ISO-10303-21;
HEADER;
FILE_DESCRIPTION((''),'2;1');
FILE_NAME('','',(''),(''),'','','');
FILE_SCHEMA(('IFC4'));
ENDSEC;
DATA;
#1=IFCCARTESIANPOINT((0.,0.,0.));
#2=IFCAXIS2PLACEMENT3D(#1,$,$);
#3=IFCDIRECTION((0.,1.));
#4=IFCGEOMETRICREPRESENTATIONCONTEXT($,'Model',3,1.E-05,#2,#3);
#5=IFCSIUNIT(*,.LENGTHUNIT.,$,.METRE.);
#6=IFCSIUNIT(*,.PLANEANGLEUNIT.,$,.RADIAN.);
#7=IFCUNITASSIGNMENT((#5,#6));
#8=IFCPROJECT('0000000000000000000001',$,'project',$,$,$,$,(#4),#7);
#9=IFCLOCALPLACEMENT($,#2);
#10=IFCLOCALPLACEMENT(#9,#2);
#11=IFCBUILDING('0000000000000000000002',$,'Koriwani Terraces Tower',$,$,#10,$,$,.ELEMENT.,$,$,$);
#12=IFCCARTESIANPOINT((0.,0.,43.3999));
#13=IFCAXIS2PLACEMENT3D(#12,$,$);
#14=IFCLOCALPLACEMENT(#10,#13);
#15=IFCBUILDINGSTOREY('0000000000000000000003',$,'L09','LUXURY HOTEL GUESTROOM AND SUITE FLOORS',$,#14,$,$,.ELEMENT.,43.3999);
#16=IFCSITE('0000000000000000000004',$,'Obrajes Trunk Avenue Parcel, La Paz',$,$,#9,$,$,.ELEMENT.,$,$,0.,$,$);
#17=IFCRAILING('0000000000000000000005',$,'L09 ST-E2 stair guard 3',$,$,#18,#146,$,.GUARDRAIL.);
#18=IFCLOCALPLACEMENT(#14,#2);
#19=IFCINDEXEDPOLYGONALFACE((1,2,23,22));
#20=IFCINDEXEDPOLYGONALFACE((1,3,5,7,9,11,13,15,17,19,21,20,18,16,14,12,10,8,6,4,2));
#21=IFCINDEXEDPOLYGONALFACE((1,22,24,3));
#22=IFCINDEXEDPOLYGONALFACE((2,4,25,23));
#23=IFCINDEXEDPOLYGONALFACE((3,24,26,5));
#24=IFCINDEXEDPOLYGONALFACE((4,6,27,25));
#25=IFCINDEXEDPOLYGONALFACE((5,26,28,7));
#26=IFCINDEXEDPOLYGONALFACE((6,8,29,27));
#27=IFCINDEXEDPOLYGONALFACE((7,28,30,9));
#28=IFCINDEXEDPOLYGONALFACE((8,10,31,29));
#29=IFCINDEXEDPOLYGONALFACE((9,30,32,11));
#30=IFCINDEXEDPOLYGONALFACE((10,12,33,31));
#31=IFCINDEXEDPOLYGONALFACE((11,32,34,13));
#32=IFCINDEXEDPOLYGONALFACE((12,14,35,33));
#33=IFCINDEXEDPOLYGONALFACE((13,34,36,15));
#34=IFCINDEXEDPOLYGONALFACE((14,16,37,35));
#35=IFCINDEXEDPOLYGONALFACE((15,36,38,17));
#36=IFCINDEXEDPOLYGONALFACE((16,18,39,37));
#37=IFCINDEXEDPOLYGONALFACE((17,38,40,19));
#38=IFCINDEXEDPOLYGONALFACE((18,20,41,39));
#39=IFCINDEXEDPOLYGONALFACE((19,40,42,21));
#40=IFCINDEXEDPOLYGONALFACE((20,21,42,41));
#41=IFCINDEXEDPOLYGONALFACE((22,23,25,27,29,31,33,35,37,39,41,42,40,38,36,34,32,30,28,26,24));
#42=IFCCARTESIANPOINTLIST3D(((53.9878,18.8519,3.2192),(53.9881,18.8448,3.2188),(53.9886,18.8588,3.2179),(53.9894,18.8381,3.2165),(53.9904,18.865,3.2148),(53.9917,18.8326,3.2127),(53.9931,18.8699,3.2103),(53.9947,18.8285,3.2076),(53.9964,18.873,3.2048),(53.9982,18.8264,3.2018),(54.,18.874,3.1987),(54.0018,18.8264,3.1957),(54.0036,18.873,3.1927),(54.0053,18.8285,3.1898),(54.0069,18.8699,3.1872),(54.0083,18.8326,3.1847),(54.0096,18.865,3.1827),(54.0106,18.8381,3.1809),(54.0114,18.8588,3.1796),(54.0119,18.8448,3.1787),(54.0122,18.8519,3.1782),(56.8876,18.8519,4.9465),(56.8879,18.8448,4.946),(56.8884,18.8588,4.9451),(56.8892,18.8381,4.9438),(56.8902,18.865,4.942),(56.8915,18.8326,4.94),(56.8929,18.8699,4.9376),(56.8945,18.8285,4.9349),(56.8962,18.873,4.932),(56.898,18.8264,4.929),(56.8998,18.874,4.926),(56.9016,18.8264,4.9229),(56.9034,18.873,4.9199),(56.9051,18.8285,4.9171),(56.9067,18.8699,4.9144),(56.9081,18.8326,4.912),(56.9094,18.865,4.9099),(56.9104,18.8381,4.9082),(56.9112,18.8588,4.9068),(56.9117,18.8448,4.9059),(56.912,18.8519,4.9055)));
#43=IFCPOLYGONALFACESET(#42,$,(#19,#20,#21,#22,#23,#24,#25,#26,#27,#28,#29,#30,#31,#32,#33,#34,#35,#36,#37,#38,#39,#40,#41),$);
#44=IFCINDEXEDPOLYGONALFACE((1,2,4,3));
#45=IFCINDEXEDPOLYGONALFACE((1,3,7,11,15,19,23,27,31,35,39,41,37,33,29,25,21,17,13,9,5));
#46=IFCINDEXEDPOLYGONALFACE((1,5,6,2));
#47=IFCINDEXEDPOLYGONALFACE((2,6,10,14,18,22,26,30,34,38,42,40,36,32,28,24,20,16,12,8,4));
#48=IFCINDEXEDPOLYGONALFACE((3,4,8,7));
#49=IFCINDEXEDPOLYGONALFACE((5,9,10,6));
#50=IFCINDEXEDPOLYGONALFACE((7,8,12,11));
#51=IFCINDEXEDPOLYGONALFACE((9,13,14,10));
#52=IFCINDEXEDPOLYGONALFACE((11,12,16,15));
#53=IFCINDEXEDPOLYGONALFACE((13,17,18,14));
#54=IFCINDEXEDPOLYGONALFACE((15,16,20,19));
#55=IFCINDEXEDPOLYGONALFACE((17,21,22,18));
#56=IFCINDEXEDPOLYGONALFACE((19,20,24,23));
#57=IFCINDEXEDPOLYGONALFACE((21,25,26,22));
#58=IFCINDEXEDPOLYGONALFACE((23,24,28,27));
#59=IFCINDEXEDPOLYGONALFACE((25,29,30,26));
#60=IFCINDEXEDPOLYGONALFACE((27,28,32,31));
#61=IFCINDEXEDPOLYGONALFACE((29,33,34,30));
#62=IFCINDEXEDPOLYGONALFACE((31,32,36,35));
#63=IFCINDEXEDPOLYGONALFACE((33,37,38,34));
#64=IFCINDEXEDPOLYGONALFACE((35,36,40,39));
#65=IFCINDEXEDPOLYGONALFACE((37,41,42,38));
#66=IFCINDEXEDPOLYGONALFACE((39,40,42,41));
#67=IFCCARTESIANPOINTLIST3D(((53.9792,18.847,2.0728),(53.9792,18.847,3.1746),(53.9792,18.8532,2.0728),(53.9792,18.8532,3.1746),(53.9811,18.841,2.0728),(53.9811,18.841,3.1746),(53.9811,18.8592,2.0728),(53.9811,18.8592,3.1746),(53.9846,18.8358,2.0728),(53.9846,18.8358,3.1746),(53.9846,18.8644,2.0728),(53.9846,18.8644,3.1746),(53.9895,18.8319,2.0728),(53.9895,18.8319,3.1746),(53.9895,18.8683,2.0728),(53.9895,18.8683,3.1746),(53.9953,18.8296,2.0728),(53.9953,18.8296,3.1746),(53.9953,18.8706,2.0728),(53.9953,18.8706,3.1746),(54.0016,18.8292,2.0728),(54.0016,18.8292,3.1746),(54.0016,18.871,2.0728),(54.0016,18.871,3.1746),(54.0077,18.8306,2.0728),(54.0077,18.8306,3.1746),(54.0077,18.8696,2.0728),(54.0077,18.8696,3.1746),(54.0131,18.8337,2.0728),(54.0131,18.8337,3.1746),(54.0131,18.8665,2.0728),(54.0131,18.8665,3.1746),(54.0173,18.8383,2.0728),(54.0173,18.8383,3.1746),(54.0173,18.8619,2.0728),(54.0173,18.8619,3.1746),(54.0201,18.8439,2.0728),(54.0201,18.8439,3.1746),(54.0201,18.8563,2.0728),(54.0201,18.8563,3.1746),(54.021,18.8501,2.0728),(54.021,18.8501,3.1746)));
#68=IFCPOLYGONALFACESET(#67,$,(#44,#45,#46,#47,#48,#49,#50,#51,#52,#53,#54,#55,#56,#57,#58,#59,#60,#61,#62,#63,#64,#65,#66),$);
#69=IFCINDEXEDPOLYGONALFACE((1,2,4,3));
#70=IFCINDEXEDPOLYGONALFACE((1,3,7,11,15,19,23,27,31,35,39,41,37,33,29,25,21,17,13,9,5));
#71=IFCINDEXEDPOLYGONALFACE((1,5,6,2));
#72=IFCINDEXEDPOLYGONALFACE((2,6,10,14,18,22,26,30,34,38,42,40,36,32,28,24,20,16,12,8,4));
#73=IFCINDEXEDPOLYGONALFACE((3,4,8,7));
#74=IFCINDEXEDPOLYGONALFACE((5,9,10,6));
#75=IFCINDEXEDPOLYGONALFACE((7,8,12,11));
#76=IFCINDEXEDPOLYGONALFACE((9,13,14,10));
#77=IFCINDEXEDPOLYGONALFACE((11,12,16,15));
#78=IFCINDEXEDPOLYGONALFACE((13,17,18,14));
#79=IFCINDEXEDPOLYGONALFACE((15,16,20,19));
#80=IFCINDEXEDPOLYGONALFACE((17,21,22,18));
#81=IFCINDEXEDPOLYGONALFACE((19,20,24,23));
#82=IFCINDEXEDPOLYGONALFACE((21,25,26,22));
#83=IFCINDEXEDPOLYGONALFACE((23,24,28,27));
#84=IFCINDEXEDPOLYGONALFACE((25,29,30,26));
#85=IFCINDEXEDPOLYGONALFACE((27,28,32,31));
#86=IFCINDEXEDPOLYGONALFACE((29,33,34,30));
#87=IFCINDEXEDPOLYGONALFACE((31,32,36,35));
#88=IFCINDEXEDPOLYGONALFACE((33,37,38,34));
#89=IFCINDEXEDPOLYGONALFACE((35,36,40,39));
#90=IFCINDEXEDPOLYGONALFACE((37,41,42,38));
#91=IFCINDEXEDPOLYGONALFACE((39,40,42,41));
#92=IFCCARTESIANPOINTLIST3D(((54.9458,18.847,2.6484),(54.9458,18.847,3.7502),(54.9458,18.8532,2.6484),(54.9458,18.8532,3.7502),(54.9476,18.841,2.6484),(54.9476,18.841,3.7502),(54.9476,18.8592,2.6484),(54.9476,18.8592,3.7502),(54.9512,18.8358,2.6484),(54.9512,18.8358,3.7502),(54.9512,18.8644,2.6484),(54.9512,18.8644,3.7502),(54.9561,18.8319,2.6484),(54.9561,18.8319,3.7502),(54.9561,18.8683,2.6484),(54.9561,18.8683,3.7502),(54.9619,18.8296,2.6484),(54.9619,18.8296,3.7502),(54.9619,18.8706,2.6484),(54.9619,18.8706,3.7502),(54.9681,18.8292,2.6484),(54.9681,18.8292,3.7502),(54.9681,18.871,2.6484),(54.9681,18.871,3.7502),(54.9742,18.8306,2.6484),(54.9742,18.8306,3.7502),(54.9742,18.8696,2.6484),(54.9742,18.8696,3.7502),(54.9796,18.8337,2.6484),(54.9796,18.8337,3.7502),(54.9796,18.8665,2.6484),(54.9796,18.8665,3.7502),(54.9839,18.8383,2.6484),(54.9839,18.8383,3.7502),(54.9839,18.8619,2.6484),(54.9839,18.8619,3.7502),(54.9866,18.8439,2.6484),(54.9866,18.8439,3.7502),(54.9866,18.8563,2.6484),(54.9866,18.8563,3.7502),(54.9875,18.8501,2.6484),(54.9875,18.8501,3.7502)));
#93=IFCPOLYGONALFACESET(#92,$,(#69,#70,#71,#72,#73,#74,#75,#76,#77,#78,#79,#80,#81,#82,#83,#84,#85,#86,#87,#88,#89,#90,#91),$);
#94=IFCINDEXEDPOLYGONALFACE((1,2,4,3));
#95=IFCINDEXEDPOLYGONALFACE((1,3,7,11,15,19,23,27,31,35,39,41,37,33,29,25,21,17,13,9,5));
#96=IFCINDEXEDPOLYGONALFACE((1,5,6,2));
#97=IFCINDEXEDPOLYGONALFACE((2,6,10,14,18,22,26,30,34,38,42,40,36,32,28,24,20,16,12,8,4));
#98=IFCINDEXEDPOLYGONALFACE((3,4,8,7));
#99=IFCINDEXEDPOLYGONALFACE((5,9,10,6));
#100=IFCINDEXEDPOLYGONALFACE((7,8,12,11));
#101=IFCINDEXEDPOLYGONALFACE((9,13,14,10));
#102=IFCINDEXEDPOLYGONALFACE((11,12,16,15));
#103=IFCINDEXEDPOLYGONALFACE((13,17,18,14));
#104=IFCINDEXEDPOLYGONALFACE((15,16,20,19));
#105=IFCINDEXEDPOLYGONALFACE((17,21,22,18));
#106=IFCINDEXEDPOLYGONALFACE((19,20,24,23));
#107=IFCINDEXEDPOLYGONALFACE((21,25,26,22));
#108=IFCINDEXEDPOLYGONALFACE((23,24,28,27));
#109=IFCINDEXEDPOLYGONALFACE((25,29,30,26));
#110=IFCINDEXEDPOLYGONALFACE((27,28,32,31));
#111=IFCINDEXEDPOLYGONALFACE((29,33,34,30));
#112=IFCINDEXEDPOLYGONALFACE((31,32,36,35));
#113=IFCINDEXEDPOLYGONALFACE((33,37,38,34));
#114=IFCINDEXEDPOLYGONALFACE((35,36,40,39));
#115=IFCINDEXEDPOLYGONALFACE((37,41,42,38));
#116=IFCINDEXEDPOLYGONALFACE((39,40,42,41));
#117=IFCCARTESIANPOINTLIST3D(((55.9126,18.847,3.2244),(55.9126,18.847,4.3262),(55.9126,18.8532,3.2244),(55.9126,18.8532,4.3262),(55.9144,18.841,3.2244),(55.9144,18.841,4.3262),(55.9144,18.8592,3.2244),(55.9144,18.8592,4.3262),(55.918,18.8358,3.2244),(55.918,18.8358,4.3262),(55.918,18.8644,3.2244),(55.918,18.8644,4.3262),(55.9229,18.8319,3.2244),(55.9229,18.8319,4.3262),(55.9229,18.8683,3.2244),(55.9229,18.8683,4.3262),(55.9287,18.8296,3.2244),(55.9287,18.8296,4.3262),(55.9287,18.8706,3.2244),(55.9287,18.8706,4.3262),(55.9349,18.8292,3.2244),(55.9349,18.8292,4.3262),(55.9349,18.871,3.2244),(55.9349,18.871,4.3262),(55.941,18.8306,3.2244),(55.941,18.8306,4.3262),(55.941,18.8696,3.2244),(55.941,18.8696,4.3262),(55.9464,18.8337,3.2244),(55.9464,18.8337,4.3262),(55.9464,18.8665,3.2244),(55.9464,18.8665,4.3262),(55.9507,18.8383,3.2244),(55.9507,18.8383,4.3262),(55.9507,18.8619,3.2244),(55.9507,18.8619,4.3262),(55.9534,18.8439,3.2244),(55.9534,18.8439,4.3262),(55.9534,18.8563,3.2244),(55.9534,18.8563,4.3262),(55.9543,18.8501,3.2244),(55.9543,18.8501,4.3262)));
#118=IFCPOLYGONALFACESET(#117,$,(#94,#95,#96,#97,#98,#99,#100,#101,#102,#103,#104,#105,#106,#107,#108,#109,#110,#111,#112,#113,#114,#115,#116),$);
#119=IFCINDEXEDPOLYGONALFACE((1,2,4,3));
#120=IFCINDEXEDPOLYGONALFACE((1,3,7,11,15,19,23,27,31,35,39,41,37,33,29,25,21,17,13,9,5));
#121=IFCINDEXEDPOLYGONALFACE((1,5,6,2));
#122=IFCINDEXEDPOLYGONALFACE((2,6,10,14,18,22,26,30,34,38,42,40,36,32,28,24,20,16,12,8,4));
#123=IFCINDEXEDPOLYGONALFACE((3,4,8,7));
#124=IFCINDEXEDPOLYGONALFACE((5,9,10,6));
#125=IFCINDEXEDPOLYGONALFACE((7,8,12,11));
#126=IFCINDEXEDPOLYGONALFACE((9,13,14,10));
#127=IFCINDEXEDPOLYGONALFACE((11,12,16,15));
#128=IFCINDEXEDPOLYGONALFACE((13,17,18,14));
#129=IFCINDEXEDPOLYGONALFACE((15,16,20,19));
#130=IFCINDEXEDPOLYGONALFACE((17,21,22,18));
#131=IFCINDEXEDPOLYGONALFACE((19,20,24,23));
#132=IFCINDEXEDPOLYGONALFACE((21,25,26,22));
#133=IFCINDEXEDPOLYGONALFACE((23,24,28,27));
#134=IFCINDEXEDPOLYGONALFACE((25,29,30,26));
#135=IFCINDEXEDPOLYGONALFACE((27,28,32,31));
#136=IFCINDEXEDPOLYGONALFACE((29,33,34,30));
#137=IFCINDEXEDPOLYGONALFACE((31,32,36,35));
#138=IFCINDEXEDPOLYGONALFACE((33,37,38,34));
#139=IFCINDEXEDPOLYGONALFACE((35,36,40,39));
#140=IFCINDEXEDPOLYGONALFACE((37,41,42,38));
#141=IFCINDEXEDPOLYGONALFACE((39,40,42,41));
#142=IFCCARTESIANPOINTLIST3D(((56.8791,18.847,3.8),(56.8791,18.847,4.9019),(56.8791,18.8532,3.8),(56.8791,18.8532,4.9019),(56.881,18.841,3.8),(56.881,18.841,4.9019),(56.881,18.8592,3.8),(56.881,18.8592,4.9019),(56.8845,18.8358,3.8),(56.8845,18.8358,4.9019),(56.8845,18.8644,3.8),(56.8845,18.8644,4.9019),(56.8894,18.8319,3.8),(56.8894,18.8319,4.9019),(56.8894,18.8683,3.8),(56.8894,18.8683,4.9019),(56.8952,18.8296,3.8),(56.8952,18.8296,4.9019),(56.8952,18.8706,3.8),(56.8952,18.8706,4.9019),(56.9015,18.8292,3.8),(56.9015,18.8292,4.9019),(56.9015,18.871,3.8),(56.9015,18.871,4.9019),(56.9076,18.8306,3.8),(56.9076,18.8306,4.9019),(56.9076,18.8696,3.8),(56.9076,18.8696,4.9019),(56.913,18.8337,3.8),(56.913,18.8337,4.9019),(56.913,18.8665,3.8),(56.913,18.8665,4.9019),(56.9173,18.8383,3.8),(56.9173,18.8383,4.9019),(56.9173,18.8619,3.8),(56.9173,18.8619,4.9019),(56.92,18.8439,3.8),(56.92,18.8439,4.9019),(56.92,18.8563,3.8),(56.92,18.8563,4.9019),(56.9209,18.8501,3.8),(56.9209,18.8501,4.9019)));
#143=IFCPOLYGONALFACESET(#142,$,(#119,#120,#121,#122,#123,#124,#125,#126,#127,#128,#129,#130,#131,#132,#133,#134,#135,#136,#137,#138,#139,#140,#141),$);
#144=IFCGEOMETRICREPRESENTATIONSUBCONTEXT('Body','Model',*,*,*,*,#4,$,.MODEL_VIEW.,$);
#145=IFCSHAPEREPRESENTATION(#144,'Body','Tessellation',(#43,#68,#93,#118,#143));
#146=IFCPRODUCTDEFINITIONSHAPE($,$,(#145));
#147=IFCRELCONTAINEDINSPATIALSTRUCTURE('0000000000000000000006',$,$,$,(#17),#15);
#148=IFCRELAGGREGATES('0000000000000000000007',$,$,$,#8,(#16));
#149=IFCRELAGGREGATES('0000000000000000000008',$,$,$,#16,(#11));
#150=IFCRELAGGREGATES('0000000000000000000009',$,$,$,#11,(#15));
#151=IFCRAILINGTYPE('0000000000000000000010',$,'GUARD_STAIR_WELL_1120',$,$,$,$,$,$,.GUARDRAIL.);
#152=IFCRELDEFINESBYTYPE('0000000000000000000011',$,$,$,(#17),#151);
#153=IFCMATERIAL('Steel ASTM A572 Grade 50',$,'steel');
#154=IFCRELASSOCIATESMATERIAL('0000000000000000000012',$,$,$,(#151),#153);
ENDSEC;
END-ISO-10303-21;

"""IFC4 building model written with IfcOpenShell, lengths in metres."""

from ifc_helpers import new_model, si_unit, direction, frame, origin, origin_2d, place, context, subcontext, project, spatial, circle, extrude, material, type_object, element, save


model = new_model("IFC4")

# Units and contexts
model_context = context("Model", 3, precision=1e-05, world=origin(), true_north=direction((0.0, 1.0)))
body_context = subcontext(model_context, "Body", "Model", "MODEL_VIEW")
ifc_project = project(units=[si_unit("LENGTHUNIT", "METRE"), si_unit("PLANEANGLEUNIT", "RADIAN")], contexts=[model_context])

# Site, building, storey
site_placement = place(None, origin())
site = spatial("IfcSite", under=ifc_project, at=site_placement, Name="Obrajes Trunk Avenue Parcel, La Paz", CompositionType="ELEMENT", RefElevation=0.0)
building_placement = place(site_placement, origin())
building = spatial("IfcBuilding", under=site, at=building_placement, Name="Koriwani Terraces Tower", CompositionType="ELEMENT")
storey_placement = place(building_placement, frame((0.0, 0.0, 43.3999)))
storey = spatial("IfcBuildingStorey", under=building, at=storey_placement, Name="L09", Description="LUXURY HOTEL GUESTROOM AND SUITE FLOORS", CompositionType="ELEMENT", Elevation=43.3999)

# Shared definitions
ifc_material_1 = material(Name="Steel ASTM A572 Grade 50", Category="steel")

# Railing
railing_type_1 = type_object("IfcRailingType", Name="GUARD_STAIR_WELL_1120", PredefinedType="GUARDRAIL", material=ifc_material_1)
railing_1_placement = place(storey_placement, frame((54.0, 18.8501, 2.0728)))
element("IfcRailing", 1, at=railing_1_placement, inside=storey, type_object=railing_type_1, Name="L09 ST-E2 stair guard 3", PredefinedType="GUARDRAIL", context=body_context, shape_type="SweptSolid", body=[
    extrude(circle(Radius=0.0239, at=origin_2d()), frame((0.0, 0.0, 1.126), z_axis=(0.859141, 0.0, 0.511738), x_axis=(0.0, 1.0, 0.0)), (0.0, 0.0, 1.0), 3.3752),
    extrude(circle(Radius=0.021, at=origin_2d()), origin(), (0.0, 0.0, 1.0), 1.1018),
    extrude(circle(Radius=0.021, at=origin_2d()), frame((0.9666, 0.0, 0.5757)), (0.0, 0.0, 1.0), 1.1018),
    extrude(circle(Radius=0.021, at=origin_2d()), frame((1.9333, 0.0, 1.1516)), (0.0, 0.0, 1.0), 1.1018),
    extrude(circle(Radius=0.021, at=origin_2d()), frame((2.8999, 0.0, 1.7273)), (0.0, 0.0, 1.0), 1.1018),
])

save(model, "model.ifc")
